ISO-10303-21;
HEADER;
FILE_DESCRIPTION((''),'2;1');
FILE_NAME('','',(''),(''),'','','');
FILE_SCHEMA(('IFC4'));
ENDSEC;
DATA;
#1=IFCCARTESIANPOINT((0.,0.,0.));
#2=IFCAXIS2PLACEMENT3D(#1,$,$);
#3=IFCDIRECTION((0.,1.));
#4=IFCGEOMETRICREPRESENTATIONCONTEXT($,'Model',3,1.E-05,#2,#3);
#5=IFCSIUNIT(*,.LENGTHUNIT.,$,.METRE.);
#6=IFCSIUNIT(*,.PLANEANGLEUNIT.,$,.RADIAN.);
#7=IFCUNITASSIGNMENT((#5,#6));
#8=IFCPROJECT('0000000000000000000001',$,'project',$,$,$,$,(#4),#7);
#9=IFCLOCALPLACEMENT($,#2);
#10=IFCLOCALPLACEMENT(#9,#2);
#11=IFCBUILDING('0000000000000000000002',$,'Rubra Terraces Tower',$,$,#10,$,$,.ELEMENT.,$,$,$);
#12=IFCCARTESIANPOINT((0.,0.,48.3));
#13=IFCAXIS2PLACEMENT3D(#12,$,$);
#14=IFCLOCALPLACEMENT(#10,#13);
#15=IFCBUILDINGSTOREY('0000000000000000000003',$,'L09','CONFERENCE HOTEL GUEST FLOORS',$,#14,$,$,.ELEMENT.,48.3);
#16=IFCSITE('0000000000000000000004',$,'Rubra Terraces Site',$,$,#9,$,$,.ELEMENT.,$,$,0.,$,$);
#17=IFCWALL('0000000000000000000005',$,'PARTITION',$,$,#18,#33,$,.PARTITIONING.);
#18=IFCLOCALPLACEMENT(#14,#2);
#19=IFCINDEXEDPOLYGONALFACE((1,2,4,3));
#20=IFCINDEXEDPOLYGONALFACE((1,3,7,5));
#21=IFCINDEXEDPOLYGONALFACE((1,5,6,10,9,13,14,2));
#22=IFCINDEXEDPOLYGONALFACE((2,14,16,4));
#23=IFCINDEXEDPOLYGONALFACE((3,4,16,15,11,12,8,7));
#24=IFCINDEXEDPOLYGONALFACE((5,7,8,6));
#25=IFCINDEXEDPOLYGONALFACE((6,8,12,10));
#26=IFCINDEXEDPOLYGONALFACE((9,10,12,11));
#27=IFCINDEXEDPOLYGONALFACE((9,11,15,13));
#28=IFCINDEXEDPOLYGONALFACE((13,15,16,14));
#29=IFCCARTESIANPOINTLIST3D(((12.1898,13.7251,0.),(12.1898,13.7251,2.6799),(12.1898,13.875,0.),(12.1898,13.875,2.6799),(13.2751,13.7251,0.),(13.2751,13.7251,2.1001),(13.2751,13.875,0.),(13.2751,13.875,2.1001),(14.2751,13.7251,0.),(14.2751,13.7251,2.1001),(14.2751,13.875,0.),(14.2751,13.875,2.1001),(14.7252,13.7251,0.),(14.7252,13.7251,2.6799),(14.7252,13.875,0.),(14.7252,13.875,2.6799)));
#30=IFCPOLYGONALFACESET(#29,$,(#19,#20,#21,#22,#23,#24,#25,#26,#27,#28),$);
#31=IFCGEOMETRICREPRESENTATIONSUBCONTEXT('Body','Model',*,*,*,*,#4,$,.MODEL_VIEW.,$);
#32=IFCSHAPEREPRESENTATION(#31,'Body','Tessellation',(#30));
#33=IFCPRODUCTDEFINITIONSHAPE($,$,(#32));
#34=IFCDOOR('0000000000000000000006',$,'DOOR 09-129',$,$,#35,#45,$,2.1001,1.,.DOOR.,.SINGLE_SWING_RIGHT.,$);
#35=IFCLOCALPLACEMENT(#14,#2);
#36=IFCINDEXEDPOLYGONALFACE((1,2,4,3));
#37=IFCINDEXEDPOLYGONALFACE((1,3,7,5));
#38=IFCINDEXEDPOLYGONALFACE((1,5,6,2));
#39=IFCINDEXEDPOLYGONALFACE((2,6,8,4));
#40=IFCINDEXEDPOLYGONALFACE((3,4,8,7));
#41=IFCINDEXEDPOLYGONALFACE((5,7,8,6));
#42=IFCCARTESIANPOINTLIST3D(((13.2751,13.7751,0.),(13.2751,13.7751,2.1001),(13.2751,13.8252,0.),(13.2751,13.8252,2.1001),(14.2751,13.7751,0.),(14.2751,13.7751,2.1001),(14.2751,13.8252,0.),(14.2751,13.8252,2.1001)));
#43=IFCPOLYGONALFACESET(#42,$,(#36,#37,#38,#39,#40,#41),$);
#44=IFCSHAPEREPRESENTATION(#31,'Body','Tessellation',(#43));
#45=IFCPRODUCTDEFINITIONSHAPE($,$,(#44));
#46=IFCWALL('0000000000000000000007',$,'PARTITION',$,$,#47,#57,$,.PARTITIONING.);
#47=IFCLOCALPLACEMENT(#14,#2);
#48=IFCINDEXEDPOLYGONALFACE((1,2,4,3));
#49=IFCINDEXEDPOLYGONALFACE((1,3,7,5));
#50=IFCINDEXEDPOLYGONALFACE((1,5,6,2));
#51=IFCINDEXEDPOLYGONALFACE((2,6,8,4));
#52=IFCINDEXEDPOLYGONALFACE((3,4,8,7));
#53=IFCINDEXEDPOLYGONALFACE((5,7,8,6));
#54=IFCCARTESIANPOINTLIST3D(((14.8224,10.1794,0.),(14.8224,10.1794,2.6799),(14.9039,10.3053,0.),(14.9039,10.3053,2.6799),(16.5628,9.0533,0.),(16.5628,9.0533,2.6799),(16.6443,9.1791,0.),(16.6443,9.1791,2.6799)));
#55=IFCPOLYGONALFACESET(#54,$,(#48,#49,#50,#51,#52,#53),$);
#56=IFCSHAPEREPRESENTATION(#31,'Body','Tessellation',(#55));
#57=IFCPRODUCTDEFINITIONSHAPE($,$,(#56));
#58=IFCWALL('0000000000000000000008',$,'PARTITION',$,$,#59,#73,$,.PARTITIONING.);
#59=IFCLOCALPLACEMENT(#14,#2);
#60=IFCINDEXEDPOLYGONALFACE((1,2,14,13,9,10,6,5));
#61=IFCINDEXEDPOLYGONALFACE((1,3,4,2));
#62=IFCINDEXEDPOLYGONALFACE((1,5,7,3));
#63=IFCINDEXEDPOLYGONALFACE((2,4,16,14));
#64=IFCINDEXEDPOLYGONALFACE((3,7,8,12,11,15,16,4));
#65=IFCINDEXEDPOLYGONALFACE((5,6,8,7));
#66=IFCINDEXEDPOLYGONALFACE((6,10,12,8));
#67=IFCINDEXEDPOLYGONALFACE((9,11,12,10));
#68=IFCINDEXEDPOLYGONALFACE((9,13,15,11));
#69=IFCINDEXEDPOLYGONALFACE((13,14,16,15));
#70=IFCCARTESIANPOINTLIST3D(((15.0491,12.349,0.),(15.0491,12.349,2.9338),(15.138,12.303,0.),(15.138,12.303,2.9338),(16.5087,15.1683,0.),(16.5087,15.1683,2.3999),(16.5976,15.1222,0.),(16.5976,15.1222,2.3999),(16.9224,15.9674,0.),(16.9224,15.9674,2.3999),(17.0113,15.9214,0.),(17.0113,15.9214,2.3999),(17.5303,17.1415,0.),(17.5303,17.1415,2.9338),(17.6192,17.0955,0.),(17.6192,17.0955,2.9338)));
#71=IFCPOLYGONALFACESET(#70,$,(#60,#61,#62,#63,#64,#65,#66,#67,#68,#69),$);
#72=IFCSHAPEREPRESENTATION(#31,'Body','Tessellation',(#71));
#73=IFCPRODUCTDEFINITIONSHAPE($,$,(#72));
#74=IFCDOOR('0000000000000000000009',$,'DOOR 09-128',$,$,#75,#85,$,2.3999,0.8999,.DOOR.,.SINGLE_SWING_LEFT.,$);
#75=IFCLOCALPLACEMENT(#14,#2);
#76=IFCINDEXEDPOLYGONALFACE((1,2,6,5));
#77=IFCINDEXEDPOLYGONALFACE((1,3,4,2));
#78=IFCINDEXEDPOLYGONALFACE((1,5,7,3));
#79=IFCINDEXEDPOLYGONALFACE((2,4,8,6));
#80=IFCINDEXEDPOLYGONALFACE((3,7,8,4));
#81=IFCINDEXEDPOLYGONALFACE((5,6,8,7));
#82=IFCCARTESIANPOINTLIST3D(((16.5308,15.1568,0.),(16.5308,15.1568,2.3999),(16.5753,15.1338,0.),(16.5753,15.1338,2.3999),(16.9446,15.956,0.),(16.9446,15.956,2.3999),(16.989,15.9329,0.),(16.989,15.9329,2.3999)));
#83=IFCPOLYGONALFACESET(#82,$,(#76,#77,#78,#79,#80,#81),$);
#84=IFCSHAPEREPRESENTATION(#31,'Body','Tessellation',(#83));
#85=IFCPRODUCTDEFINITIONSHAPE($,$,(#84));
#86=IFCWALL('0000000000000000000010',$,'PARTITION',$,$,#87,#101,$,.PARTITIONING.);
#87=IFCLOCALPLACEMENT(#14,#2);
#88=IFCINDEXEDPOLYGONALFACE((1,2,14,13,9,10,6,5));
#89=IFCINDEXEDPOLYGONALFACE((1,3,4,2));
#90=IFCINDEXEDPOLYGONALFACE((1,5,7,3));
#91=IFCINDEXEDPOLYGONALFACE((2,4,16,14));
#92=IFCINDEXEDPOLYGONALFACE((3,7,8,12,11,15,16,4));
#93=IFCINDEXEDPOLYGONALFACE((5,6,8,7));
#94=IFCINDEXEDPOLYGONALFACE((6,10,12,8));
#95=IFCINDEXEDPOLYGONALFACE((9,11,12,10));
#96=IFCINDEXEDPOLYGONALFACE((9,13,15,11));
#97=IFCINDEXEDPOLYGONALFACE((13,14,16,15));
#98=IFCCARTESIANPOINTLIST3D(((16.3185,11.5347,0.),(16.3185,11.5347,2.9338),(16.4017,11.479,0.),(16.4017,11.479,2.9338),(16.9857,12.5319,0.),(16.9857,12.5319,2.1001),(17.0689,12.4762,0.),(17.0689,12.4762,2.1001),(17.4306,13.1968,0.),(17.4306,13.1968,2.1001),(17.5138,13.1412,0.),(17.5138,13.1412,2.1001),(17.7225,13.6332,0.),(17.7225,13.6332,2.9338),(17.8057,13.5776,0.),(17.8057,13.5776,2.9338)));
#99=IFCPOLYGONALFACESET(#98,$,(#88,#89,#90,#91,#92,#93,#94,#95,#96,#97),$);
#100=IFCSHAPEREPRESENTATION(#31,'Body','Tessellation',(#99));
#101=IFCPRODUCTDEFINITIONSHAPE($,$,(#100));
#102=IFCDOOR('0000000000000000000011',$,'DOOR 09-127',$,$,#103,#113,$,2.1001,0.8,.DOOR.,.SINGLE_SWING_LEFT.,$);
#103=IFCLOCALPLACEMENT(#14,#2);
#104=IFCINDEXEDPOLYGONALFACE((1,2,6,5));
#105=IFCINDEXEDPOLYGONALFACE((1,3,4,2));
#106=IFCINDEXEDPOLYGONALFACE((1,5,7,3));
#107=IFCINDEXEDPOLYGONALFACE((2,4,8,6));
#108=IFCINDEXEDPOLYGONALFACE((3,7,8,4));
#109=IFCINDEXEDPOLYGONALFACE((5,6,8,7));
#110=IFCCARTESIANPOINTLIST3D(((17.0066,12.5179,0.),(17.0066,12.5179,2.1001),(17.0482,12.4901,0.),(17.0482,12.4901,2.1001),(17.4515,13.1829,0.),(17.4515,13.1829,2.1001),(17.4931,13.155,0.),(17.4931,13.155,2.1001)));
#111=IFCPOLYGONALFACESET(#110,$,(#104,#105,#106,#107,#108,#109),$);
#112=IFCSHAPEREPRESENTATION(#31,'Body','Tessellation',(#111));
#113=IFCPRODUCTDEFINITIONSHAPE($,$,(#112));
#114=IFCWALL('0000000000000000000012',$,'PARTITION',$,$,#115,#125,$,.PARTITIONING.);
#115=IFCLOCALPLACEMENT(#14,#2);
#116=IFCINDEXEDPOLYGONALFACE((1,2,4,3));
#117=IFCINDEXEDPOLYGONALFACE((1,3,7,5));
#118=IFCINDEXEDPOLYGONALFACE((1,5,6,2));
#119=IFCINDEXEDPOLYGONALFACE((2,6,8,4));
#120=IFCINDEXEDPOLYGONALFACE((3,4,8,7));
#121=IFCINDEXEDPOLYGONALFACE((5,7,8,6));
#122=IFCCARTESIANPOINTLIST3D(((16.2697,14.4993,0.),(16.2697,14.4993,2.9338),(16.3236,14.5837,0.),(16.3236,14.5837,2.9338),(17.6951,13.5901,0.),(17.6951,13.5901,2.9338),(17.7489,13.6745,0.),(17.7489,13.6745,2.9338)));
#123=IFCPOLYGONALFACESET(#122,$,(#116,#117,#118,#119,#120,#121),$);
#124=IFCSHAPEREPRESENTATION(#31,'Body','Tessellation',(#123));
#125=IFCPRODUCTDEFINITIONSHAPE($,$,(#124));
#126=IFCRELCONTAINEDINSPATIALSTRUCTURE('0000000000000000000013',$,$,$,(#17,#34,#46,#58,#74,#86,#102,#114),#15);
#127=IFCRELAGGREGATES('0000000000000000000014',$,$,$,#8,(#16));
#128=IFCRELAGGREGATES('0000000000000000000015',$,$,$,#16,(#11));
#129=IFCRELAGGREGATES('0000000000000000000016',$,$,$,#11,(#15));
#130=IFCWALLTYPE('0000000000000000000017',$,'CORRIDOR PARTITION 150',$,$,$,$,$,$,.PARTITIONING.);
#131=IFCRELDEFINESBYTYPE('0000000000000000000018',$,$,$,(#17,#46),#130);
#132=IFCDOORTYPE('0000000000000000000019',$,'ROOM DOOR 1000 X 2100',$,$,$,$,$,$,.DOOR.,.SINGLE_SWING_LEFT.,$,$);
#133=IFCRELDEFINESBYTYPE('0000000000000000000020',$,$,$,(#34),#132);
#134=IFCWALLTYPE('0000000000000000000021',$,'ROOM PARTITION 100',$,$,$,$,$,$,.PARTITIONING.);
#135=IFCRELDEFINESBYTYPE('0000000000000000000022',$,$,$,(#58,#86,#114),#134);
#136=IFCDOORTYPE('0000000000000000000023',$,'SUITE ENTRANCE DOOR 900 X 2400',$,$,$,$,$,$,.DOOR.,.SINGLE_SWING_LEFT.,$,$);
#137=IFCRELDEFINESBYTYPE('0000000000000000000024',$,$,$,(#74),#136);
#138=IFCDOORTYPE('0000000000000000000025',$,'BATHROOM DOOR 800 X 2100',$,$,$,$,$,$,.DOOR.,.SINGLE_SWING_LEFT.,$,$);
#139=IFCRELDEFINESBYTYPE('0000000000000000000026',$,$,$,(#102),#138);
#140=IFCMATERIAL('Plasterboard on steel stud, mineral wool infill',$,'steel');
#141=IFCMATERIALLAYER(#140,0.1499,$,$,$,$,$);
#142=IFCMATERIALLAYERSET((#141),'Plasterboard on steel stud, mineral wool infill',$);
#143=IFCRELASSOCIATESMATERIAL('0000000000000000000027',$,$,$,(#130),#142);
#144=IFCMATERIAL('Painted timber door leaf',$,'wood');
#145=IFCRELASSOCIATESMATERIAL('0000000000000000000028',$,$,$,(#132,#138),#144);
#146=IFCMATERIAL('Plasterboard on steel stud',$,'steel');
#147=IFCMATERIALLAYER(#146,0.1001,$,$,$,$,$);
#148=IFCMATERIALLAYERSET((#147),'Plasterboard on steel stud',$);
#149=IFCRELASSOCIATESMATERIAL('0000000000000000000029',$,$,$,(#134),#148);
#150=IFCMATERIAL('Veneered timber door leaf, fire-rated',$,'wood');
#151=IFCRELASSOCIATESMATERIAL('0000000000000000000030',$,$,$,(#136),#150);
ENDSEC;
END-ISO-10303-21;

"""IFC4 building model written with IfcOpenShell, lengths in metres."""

from ifc_helpers import new_model, si_unit, direction, frame, frame_2d, origin, place, context, subcontext, project, spatial, rectangle, extrude, material, layer, layer_set, type_object, element, fill, save


model = new_model("IFC4")

# Units and contexts
model_context = context("Model", 3, precision=1e-05, world=origin(), true_north=direction((0.0, 1.0)))
body_context = subcontext(model_context, "Body", "Model", "MODEL_VIEW")
ifc_project = project(units=[si_unit("LENGTHUNIT", "METRE"), si_unit("PLANEANGLEUNIT", "RADIAN")], contexts=[model_context])

# Site, building, storey
site_placement = place(None, origin())
site = spatial("IfcSite", under=ifc_project, at=site_placement, Name="Rubra Terraces Site", CompositionType="ELEMENT", RefElevation=0.0)
building_placement = place(site_placement, origin())
building = spatial("IfcBuilding", under=site, at=building_placement, Name="Rubra Terraces Tower", CompositionType="ELEMENT")
storey_placement = place(building_placement, frame((0.0, 0.0, 48.3)))
storey = spatial("IfcBuildingStorey", under=building, at=storey_placement, Name="L09", Description="CONFERENCE HOTEL GUEST FLOORS", CompositionType="ELEMENT", Elevation=48.3)

# Shared definitions
ifc_material_1 = material(Name="Plasterboard on steel stud, mineral wool infill", Category="steel")
ifc_layer_1 = layer(ifc_material_1, 0.1499)
ifc_layer_set_1 = layer_set([ifc_layer_1], Name="Plasterboard on steel stud, mineral wool infill")
wall_type_1 = type_object("IfcWallType", Name="CORRIDOR PARTITION 150", PredefinedType="PARTITIONING", material=ifc_layer_set_1)

# Wall, opening, door
wall_1_placement = place(storey_placement, frame((14.7251, 13.8, 0.0), z_axis=(0.0, 0.0, 1.0), x_axis=(-1.0, 0.0, 0.0)))
wall_1 = element("IfcWall", 1, at=wall_1_placement, inside=storey, type_object=wall_type_1, Name="PARTITION", PredefinedType="PARTITIONING", context=body_context, shape_type="SweptSolid", body=[
    extrude(rectangle(XDim=2.5354, YDim=0.1499, at=frame_2d((1.2676, 0.0))), origin(), (0.0, 0.0, 1.0), 2.6799),
])
opening_1_placement = place(wall_1_placement, frame((0.45, 0.0, 0.0)))
opening_1 = element("IfcOpeningElement", 2, at=opening_1_placement, cuts=wall_1, PredefinedType="OPENING", context=body_context, shape_type="SweptSolid", body=[
    extrude(rectangle(XDim=1.0, YDim=2.1001, at=frame_2d((0.5, 1.05))), frame((0.0, 0.085, 0.0), z_axis=(0.0, -1.0, 0.0), x_axis=(1.0, 0.0, 0.0)), (0.0, 0.0, 1.0), 0.1699),
])
ifc_material_2 = material(Name="Painted timber door leaf", Category="wood")
door_type_1 = type_object("IfcDoorType", Name="ROOM DOOR 1000 X 2100", OperationType="SINGLE_SWING_LEFT", PredefinedType="DOOR", material=ifc_material_2)
door_1_placement = place(opening_1_placement, origin())
door_1 = element("IfcDoor", 3, at=door_1_placement, inside=storey, type_object=door_type_1, Name="DOOR 09-129", OperationType="SINGLE_SWING_RIGHT", OverallHeight=2.1001, OverallWidth=1.0, PredefinedType="DOOR", context=body_context, shape_type="SweptSolid", body=[
    extrude(rectangle(XDim=1.0, YDim=2.1001, at=frame_2d((0.5, 1.05))), frame((0.0, 0.0249, 0.0), z_axis=(0.0, -1.0, 0.0), x_axis=(1.0, 0.0, 0.0)), (0.0, 0.0, 1.0), 0.05),
])
fill(opening_1, door_1)

# Wall
wall_2_placement = place(storey_placement, frame((14.863, 10.2424, 0.0), z_axis=(0.0, 0.0, 1.0), x_axis=(0.839564, -0.543261, 0.0)))
element("IfcWall", 4, at=wall_2_placement, inside=storey, type_object=wall_type_1, Name="PARTITION", PredefinedType="PARTITIONING", context=body_context, shape_type="SweptSolid", body=[
    extrude(rectangle(XDim=2.073, YDim=0.1499, at=frame_2d((1.0366, 0.0))), origin(), (0.0, 0.0, 1.0), 2.6799),
])

# Walls, openings, doors
ifc_material_3 = material(Name="Plasterboard on steel stud", Category="steel")
ifc_layer_2 = layer(ifc_material_3, 0.1001)
ifc_layer_set_2 = layer_set([ifc_layer_2], Name="Plasterboard on steel stud")
wall_type_2 = type_object("IfcWallType", Name="ROOM PARTITION 100", PredefinedType="PARTITIONING", material=ifc_layer_set_2)
wall_3_placement = place(storey_placement, frame((17.5747, 17.1184, 0.0), z_axis=(0.0, 0.0, 1.0), x_axis=(-0.459764, -0.888041, 0.0)))
wall_3 = element("IfcWall", 5, at=wall_3_placement, inside=storey, type_object=wall_type_2, Name="PARTITION", PredefinedType="PARTITIONING", context=body_context, shape_type="SweptSolid", body=[
    extrude(rectangle(XDim=5.3967, YDim=0.1001, at=frame_2d((2.6982, 0.0))), origin(), (0.0, 0.0, 1.0), 2.9338),
])
opening_2_placement = place(wall_3_placement, frame((1.322, 0.0, 0.0)))
opening_2 = element("IfcOpeningElement", 6, at=opening_2_placement, cuts=wall_3, PredefinedType="OPENING", context=body_context, shape_type="SweptSolid", body=[
    extrude(rectangle(XDim=0.8999, YDim=2.3999, at=frame_2d((0.45, 1.2))), frame((0.0, 0.0601, 0.0), z_axis=(0.0, -1.0, 0.0), x_axis=(1.0, 0.0, 0.0)), (0.0, 0.0, 1.0), 0.1201),
])
ifc_material_4 = material(Name="Veneered timber door leaf, fire-rated", Category="wood")
door_type_2 = type_object("IfcDoorType", Name="SUITE ENTRANCE DOOR 900 X 2400", OperationType="SINGLE_SWING_LEFT", PredefinedType="DOOR", material=ifc_material_4)
door_2_placement = place(opening_2_placement, origin())
door_2 = element("IfcDoor", 7, at=door_2_placement, inside=storey, type_object=door_type_2, Name="DOOR 09-128", OperationType="SINGLE_SWING_LEFT", OverallHeight=2.3999, OverallWidth=0.8999, PredefinedType="DOOR", context=body_context, shape_type="SweptSolid", body=[
    extrude(rectangle(XDim=0.8999, YDim=2.3999, at=frame_2d((0.45, 1.2))), frame((0.0, 0.0249, 0.0), z_axis=(0.0, -1.0, 0.0), x_axis=(1.0, 0.0, 0.0)), (0.0, 0.0, 1.0), 0.05),
])
fill(opening_2, door_2)
wall_4_placement = place(storey_placement, frame((16.3601, 11.5068, 0.0), z_axis=(0.0, 0.0, 1.0), x_axis=(0.556061, 0.831142, 0.0)))
wall_4 = element("IfcWall", 8, at=wall_4_placement, inside=storey, type_object=wall_type_2, Name="PARTITION", PredefinedType="PARTITIONING", context=body_context, shape_type="SweptSolid", body=[
    extrude(rectangle(XDim=2.5249, YDim=0.1001, at=frame_2d((1.2625, 0.0))), origin(), (0.0, 0.0, 1.0), 2.9338),
])
opening_3_placement = place(wall_4_placement, frame((1.2, 0.0, 0.0)))
opening_3 = element("IfcOpeningElement", 9, at=opening_3_placement, cuts=wall_4, PredefinedType="OPENING", context=body_context, shape_type="SweptSolid", body=[
    extrude(rectangle(XDim=0.8, YDim=2.1001, at=frame_2d((0.3999, 1.05))), frame((0.0, 0.0601, 0.0), z_axis=(0.0, -1.0, 0.0), x_axis=(1.0, 0.0, 0.0)), (0.0, 0.0, 1.0), 0.1201),
])
door_type_3 = type_object("IfcDoorType", Name="BATHROOM DOOR 800 X 2100", OperationType="SINGLE_SWING_LEFT", PredefinedType="DOOR", material=ifc_material_2)
door_3_placement = place(opening_3_placement, origin())
door_3 = element("IfcDoor", 10, at=door_3_placement, inside=storey, type_object=door_type_3, Name="DOOR 09-127", OperationType="SINGLE_SWING_LEFT", OverallHeight=2.1001, OverallWidth=0.8, PredefinedType="DOOR", context=body_context, shape_type="SweptSolid", body=[
    extrude(rectangle(XDim=0.8, YDim=2.1001, at=frame_2d((0.3999, 1.05))), frame((0.0, 0.0249, 0.0), z_axis=(0.0, -1.0, 0.0), x_axis=(1.0, 0.0, 0.0)), (0.0, 0.0, 1.0), 0.05),
])
fill(opening_3, door_3)

# Wall
wall_5_placement = place(storey_placement, frame((17.7219, 13.6323, 0.0), z_axis=(0.0, 0.0, 1.0), x_axis=(-0.843078, 0.537791, 0.0)))
element("IfcWall", 11, at=wall_5_placement, inside=storey, type_object=wall_type_2, Name="PARTITION", PredefinedType="PARTITIONING", context=body_context, shape_type="SweptSolid", body=[
    extrude(rectangle(XDim=1.6907, YDim=0.1001, at=frame_2d((0.8452, 0.0))), origin(), (0.0, 0.0, 1.0), 2.9338),
])

save(model, "model.ifc")
